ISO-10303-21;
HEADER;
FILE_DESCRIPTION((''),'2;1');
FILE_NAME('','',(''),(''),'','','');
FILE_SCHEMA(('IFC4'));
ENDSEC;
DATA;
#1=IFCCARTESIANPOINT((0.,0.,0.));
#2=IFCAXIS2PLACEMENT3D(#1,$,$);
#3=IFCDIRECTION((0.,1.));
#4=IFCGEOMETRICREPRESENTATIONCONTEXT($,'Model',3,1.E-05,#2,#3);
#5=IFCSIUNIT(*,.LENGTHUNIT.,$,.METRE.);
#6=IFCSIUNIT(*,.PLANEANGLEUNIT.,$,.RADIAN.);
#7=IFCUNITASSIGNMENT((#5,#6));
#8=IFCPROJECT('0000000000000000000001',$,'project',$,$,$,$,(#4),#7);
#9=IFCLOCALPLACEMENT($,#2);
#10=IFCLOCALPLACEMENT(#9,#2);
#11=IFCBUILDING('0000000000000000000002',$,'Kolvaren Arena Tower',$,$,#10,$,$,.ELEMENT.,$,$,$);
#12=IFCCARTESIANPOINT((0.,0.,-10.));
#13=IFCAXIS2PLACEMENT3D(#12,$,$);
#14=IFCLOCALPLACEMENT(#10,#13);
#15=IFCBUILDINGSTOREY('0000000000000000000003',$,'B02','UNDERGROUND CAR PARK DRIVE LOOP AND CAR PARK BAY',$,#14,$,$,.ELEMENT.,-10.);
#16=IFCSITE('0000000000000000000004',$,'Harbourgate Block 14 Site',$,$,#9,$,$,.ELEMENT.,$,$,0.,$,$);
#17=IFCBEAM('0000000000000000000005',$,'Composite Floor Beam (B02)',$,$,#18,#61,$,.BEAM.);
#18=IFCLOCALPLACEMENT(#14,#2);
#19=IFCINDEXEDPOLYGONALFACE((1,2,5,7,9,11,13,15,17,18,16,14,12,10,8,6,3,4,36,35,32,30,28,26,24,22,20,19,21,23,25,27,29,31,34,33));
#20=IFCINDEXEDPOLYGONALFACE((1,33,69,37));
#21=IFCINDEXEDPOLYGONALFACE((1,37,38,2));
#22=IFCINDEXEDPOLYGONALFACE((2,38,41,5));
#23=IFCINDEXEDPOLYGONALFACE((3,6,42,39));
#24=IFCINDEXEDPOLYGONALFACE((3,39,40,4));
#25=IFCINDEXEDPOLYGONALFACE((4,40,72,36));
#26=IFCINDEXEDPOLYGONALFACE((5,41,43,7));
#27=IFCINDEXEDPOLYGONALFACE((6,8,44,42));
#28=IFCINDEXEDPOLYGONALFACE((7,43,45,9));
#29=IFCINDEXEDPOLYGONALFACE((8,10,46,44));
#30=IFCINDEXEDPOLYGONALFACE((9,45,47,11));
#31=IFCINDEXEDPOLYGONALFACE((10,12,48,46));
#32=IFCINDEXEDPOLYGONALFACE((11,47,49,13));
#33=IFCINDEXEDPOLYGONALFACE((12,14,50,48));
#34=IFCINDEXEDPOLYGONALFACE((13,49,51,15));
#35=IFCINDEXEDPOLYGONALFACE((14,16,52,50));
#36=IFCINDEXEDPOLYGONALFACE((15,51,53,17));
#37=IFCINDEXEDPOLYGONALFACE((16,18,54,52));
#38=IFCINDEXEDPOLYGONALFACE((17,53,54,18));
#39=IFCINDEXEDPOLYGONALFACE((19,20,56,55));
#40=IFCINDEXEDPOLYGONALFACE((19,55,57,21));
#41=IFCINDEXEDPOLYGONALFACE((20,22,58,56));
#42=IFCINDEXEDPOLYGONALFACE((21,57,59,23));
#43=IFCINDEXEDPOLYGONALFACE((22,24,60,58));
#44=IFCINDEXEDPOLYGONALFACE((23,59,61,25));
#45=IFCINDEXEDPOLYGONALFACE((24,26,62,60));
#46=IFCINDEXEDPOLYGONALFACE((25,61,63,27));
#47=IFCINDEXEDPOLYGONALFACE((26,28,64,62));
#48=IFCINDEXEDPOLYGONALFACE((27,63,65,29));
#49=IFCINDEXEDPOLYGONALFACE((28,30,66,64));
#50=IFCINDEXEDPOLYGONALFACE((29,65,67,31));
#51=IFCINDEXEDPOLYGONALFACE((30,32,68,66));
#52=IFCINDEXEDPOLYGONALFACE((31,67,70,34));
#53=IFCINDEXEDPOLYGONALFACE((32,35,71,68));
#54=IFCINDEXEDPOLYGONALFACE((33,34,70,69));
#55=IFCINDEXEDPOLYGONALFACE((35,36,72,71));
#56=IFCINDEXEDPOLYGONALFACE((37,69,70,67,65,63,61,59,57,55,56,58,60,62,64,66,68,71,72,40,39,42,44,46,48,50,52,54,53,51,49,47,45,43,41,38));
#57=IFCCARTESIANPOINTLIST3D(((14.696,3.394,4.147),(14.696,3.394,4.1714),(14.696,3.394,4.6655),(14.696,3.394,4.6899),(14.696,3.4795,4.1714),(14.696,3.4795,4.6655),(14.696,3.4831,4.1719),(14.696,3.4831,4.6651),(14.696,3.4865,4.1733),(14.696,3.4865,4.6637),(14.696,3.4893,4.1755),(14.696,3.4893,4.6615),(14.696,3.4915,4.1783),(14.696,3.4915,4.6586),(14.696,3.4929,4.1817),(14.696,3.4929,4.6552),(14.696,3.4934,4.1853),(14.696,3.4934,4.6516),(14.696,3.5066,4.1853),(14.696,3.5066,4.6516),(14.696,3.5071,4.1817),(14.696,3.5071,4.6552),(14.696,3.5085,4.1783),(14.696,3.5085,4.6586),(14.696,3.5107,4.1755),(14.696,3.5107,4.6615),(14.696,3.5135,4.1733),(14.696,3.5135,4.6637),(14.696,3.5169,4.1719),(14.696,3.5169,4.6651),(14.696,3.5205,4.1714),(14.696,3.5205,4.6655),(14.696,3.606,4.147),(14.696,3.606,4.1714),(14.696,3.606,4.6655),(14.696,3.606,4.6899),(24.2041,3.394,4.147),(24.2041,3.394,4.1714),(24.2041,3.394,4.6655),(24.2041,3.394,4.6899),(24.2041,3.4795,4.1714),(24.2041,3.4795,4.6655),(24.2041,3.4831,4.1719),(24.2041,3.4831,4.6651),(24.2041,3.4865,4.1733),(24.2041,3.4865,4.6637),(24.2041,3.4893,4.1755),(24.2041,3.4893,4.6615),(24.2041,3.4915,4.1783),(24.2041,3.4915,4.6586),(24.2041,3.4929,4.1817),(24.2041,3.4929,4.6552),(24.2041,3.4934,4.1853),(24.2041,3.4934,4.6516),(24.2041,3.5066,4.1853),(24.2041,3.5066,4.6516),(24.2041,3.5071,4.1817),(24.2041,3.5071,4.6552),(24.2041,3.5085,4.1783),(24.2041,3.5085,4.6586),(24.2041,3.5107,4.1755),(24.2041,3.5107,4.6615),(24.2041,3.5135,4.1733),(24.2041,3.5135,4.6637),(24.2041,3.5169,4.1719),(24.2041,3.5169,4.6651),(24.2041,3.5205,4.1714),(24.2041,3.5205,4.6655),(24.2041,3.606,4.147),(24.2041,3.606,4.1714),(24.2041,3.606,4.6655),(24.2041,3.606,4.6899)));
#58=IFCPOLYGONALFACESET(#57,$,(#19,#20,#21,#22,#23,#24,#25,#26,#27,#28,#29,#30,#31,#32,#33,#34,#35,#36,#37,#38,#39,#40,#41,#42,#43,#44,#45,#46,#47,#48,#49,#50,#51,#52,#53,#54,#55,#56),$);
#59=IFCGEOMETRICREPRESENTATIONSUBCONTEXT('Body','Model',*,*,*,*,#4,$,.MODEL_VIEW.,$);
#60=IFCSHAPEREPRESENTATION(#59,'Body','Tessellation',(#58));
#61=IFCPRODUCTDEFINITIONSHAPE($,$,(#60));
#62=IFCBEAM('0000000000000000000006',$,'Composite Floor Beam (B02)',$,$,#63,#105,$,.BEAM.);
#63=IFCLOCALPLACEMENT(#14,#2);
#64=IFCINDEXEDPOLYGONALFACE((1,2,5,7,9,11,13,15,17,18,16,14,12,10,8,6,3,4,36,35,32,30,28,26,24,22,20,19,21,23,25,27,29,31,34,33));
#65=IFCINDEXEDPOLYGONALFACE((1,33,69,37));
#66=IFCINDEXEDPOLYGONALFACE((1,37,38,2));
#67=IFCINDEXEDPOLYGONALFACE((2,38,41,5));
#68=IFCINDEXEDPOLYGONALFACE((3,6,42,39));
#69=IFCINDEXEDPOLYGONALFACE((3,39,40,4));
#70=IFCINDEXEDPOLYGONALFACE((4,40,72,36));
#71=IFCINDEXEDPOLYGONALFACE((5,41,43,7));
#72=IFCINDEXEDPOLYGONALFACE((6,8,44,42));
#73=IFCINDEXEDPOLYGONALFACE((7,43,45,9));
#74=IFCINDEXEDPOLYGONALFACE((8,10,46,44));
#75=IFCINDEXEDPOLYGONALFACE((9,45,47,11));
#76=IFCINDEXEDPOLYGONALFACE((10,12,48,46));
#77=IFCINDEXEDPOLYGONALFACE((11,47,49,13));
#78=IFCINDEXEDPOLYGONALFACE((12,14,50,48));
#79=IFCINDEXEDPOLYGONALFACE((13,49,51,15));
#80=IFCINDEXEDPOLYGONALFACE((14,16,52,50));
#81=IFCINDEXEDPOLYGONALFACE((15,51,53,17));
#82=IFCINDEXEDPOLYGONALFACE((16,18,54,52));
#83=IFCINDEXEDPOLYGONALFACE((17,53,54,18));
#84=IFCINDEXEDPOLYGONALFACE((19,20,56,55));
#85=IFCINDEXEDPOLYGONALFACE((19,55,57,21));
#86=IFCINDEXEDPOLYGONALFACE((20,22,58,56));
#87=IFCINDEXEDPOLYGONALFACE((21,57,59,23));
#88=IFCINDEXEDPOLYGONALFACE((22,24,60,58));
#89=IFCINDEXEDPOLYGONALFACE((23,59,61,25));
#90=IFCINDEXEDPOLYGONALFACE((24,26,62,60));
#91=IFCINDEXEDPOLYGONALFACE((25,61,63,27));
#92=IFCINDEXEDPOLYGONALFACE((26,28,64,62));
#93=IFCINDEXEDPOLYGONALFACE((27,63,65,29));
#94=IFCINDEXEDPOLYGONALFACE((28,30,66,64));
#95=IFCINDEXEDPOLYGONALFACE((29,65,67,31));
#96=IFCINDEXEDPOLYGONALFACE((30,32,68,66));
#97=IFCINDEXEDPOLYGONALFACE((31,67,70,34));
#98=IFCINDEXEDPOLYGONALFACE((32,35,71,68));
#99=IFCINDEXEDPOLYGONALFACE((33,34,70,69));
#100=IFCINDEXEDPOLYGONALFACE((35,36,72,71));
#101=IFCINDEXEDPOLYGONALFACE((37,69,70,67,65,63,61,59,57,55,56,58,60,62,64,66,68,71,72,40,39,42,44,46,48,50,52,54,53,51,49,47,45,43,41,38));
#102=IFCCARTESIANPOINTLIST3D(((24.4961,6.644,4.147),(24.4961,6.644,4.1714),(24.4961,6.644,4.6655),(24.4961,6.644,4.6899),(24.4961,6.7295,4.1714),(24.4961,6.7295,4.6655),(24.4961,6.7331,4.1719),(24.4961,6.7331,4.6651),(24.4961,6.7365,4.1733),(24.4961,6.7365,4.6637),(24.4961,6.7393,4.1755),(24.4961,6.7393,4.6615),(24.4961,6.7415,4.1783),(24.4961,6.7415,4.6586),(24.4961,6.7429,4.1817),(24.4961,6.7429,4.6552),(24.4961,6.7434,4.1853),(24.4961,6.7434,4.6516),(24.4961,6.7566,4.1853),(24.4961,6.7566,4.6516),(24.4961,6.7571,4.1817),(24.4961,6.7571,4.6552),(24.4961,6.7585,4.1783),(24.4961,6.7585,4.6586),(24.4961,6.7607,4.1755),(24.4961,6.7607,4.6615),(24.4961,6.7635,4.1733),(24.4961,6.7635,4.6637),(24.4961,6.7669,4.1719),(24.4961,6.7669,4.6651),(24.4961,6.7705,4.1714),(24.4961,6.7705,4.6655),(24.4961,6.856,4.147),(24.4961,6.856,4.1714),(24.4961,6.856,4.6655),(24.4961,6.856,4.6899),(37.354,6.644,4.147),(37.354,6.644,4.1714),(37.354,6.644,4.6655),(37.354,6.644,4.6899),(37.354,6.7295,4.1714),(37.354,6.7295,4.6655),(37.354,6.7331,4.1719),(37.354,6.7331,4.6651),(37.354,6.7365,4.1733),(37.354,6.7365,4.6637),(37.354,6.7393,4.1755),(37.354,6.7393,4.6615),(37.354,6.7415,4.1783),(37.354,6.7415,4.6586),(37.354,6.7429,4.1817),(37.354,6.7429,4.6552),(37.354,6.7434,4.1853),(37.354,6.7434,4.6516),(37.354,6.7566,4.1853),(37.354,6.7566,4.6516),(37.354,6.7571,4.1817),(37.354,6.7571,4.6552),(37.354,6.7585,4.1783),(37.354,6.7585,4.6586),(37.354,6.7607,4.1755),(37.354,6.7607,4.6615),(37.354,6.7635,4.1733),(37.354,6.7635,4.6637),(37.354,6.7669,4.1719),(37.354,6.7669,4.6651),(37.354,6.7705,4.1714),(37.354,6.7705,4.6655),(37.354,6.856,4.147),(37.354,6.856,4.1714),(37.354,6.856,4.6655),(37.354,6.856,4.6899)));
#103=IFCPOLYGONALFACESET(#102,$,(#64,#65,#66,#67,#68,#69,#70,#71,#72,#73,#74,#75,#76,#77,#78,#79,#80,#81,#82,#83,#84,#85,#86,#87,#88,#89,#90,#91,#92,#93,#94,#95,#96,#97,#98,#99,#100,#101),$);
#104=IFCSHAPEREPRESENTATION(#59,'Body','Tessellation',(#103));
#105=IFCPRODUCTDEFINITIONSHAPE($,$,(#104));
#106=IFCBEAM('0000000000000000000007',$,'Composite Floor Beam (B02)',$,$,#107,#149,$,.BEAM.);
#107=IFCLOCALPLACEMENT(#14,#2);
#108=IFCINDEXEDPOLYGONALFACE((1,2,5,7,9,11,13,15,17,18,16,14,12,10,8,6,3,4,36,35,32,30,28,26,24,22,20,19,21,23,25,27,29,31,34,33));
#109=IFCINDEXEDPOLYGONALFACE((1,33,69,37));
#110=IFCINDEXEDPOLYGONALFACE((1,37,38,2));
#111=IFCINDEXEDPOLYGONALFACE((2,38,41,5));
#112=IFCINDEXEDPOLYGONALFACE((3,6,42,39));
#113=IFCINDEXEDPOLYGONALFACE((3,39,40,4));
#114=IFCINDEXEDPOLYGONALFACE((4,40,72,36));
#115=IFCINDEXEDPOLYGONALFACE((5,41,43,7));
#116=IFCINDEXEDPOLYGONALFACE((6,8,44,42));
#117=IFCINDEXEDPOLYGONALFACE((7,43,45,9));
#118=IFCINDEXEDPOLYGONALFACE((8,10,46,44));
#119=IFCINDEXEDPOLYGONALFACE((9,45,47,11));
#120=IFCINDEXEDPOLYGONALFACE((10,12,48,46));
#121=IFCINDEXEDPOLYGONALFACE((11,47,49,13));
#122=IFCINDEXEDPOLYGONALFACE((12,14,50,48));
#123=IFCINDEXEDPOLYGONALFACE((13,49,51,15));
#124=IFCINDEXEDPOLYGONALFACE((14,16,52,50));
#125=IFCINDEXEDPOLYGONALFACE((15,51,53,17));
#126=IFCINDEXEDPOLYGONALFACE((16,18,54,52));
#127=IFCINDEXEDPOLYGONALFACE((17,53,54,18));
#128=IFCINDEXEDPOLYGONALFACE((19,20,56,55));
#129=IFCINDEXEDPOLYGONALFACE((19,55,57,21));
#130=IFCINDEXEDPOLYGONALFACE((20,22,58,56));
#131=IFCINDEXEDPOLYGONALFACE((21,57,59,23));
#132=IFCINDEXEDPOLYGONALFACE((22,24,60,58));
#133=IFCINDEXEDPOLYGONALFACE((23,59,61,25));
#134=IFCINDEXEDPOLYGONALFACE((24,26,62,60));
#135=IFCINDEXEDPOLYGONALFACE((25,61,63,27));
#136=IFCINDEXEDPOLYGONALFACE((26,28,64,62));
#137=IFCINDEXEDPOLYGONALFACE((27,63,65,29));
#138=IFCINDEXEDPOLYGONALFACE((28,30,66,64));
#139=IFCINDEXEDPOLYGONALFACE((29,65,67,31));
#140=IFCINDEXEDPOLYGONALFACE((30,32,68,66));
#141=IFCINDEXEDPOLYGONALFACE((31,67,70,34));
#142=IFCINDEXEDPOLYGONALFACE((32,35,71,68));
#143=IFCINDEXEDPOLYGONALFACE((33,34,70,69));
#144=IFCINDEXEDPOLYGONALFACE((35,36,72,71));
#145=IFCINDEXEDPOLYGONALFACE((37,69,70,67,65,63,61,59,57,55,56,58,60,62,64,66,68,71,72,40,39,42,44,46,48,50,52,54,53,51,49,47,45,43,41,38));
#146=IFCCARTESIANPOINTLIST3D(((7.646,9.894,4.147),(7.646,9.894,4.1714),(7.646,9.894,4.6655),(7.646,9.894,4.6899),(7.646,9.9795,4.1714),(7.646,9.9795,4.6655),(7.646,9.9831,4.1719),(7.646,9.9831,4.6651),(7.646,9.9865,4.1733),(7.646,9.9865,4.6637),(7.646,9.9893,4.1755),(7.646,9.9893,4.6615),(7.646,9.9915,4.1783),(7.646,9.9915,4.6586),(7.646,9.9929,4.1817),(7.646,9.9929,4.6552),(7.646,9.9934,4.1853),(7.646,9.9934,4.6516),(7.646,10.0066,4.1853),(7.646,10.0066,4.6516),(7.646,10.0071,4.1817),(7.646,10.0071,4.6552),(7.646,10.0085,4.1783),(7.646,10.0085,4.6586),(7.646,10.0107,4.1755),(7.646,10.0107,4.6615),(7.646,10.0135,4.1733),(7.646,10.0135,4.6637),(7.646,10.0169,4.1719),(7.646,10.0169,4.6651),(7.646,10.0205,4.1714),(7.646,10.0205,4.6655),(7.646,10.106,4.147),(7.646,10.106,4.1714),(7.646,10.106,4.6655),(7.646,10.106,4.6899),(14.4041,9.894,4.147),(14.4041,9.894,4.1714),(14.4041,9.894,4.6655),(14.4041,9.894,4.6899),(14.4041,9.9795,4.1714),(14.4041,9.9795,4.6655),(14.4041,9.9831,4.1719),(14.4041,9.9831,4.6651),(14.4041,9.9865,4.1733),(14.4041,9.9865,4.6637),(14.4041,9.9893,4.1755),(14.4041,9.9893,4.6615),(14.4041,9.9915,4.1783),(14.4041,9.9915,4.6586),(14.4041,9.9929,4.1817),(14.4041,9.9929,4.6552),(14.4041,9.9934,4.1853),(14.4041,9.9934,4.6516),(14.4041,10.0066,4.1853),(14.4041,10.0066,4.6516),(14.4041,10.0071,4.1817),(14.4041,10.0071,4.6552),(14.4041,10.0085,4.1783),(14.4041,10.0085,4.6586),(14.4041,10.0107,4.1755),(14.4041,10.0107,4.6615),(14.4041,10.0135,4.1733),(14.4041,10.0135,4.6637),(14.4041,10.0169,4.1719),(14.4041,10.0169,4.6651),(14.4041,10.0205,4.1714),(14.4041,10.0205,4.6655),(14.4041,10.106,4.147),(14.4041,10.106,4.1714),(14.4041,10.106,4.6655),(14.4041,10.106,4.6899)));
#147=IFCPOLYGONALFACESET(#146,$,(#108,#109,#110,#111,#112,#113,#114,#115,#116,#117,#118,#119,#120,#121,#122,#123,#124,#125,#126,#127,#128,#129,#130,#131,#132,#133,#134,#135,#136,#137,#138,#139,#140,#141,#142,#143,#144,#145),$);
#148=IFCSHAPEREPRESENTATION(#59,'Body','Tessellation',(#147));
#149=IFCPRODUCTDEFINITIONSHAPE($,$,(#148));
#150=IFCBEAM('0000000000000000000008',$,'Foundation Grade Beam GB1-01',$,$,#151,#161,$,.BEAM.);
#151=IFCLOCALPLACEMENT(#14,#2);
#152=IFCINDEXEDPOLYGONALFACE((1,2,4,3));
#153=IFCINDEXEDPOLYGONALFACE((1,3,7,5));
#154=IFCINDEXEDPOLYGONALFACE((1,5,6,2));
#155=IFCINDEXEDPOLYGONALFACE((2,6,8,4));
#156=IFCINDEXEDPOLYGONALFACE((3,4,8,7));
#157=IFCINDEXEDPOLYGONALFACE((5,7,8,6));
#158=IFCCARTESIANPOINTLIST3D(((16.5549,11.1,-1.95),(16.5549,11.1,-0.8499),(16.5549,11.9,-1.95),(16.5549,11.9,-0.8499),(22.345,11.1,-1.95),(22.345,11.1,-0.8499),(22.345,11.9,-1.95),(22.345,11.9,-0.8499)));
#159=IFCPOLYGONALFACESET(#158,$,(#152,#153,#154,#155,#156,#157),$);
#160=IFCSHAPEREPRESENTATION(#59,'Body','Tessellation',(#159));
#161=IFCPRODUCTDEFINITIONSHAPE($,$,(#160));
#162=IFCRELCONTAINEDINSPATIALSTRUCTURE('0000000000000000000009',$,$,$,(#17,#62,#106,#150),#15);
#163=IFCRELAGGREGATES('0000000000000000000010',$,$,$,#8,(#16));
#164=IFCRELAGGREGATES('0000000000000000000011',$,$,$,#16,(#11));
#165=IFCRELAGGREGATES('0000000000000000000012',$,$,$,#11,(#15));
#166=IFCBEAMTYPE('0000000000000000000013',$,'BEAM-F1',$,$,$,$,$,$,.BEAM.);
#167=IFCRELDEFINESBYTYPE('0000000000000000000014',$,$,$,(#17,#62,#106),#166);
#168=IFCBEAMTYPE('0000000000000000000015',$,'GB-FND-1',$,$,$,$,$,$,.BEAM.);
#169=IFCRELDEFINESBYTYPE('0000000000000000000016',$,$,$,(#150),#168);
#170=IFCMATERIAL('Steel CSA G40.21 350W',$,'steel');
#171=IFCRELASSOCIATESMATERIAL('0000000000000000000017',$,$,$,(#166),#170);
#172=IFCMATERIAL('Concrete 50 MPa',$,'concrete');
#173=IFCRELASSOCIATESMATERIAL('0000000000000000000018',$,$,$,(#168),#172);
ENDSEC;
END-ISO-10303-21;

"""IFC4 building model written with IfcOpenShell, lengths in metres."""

from ifc_helpers import new_model, si_unit, direction, frame, origin, origin_2d, place, context, subcontext, project, spatial, rectangle, i_section, extrude, material, material_profile, profile_set, type_object, element, save


model = new_model("IFC4")

# Units and contexts
model_context = context("Model", 3, precision=1e-05, world=origin(), true_north=direction((0.0, 1.0)))
body_context = subcontext(model_context, "Body", "Model", "MODEL_VIEW")
ifc_project = project(units=[si_unit("LENGTHUNIT", "METRE"), si_unit("PLANEANGLEUNIT", "RADIAN")], contexts=[model_context])

# Site, building, storey
site_placement = place(None, origin())
site = spatial("IfcSite", under=ifc_project, at=site_placement, Name="Harbourgate Block 14 Site", CompositionType="ELEMENT", RefElevation=0.0)
building_placement = place(site_placement, origin())
building = spatial("IfcBuilding", under=site, at=building_placement, Name="Kolvaren Arena Tower", CompositionType="ELEMENT")
storey_placement = place(building_placement, frame((0.0, 0.0, -10.0)))
storey = spatial("IfcBuildingStorey", under=building, at=storey_placement, Name="B02", Description="UNDERGROUND CAR PARK DRIVE LOOP AND CAR PARK BAY", CompositionType="ELEMENT", Elevation=-10.0)

# Beams
ifc_material_1 = material(Name="Steel CSA G40.21 350W", Category="steel")
ifc_material_profile_1 = material_profile(ifc_material_1, i_section(OverallWidth=0.2119, OverallDepth=0.543, WebThickness=0.0132, FlangeThickness=0.0244, FilletRadius=0.0139, at=origin_2d()), Name="W530x150")
ifc_profile_set_1 = profile_set([ifc_material_profile_1], Name="Steel CSA G40.21 350W")
beam_type_1 = type_object("IfcBeamType", Name="BEAM-F1", PredefinedType="BEAM", material=ifc_profile_set_1)
beam_1_placement = place(storey_placement, frame((14.696, 3.5, 4.4185), z_axis=(1.0, 0.0, 0.0), x_axis=(0.0, 1.0, 0.0)))
element("IfcBeam", 1, at=beam_1_placement, inside=storey, type_object=beam_type_1, Name="Composite Floor Beam (B02)", PredefinedType="BEAM", context=body_context, shape_type="SweptSolid", body=[
    extrude(i_section(OverallWidth=0.2119, OverallDepth=0.543, WebThickness=0.0132, FlangeThickness=0.0244, FilletRadius=0.0139, at=origin_2d()), origin(), (0.0, 0.0, 1.0), 9.5081),
])
beam_2_placement = place(storey_placement, frame((24.4961, 6.75, 4.4185), z_axis=(1.0, 0.0, 0.0), x_axis=(0.0, 1.0, 0.0)))
element("IfcBeam", 2, at=beam_2_placement, inside=storey, type_object=beam_type_1, Name="Composite Floor Beam (B02)", PredefinedType="BEAM", context=body_context, shape_type="SweptSolid", body=[
    extrude(i_section(OverallWidth=0.2119, OverallDepth=0.543, WebThickness=0.0132, FlangeThickness=0.0244, FilletRadius=0.0139, at=origin_2d()), origin(), (0.0, 0.0, 1.0), 12.8579),
])
beam_3_placement = place(storey_placement, frame((7.646, 10.0, 4.4185), z_axis=(1.0, 0.0, 0.0), x_axis=(0.0, 1.0, 0.0)))
element("IfcBeam", 3, at=beam_3_placement, inside=storey, type_object=beam_type_1, Name="Composite Floor Beam (B02)", PredefinedType="BEAM", context=body_context, shape_type="SweptSolid", body=[
    extrude(i_section(OverallWidth=0.2119, OverallDepth=0.543, WebThickness=0.0132, FlangeThickness=0.0244, FilletRadius=0.0139, at=origin_2d()), origin(), (0.0, 0.0, 1.0), 6.7581),
])
ifc_material_2 = material(Name="Concrete 50 MPa", Category="concrete")
ifc_material_profile_2 = material_profile(ifc_material_2, rectangle(XDim=0.8, YDim=1.1001, at=origin_2d()), Name="RC-800x1100")
ifc_profile_set_2 = profile_set([ifc_material_profile_2], Name="Concrete 50 MPa")
beam_type_2 = type_object("IfcBeamType", Name="GB-FND-1", PredefinedType="BEAM", material=ifc_profile_set_2)
beam_4_placement = place(storey_placement, frame((16.5549, 11.5, -1.3999), z_axis=(1.0, 0.0, 0.0), x_axis=(0.0, 1.0, 0.0)))
element("IfcBeam", 4, at=beam_4_placement, inside=storey, type_object=beam_type_2, Name="Foundation Grade Beam GB1-01", PredefinedType="BEAM", context=body_context, shape_type="SweptSolid", body=[
    extrude(rectangle(XDim=0.8, YDim=1.1001, at=origin_2d()), origin(), (0.0, 0.0, 1.0), 5.79),
])

save(model, "model.ifc")
